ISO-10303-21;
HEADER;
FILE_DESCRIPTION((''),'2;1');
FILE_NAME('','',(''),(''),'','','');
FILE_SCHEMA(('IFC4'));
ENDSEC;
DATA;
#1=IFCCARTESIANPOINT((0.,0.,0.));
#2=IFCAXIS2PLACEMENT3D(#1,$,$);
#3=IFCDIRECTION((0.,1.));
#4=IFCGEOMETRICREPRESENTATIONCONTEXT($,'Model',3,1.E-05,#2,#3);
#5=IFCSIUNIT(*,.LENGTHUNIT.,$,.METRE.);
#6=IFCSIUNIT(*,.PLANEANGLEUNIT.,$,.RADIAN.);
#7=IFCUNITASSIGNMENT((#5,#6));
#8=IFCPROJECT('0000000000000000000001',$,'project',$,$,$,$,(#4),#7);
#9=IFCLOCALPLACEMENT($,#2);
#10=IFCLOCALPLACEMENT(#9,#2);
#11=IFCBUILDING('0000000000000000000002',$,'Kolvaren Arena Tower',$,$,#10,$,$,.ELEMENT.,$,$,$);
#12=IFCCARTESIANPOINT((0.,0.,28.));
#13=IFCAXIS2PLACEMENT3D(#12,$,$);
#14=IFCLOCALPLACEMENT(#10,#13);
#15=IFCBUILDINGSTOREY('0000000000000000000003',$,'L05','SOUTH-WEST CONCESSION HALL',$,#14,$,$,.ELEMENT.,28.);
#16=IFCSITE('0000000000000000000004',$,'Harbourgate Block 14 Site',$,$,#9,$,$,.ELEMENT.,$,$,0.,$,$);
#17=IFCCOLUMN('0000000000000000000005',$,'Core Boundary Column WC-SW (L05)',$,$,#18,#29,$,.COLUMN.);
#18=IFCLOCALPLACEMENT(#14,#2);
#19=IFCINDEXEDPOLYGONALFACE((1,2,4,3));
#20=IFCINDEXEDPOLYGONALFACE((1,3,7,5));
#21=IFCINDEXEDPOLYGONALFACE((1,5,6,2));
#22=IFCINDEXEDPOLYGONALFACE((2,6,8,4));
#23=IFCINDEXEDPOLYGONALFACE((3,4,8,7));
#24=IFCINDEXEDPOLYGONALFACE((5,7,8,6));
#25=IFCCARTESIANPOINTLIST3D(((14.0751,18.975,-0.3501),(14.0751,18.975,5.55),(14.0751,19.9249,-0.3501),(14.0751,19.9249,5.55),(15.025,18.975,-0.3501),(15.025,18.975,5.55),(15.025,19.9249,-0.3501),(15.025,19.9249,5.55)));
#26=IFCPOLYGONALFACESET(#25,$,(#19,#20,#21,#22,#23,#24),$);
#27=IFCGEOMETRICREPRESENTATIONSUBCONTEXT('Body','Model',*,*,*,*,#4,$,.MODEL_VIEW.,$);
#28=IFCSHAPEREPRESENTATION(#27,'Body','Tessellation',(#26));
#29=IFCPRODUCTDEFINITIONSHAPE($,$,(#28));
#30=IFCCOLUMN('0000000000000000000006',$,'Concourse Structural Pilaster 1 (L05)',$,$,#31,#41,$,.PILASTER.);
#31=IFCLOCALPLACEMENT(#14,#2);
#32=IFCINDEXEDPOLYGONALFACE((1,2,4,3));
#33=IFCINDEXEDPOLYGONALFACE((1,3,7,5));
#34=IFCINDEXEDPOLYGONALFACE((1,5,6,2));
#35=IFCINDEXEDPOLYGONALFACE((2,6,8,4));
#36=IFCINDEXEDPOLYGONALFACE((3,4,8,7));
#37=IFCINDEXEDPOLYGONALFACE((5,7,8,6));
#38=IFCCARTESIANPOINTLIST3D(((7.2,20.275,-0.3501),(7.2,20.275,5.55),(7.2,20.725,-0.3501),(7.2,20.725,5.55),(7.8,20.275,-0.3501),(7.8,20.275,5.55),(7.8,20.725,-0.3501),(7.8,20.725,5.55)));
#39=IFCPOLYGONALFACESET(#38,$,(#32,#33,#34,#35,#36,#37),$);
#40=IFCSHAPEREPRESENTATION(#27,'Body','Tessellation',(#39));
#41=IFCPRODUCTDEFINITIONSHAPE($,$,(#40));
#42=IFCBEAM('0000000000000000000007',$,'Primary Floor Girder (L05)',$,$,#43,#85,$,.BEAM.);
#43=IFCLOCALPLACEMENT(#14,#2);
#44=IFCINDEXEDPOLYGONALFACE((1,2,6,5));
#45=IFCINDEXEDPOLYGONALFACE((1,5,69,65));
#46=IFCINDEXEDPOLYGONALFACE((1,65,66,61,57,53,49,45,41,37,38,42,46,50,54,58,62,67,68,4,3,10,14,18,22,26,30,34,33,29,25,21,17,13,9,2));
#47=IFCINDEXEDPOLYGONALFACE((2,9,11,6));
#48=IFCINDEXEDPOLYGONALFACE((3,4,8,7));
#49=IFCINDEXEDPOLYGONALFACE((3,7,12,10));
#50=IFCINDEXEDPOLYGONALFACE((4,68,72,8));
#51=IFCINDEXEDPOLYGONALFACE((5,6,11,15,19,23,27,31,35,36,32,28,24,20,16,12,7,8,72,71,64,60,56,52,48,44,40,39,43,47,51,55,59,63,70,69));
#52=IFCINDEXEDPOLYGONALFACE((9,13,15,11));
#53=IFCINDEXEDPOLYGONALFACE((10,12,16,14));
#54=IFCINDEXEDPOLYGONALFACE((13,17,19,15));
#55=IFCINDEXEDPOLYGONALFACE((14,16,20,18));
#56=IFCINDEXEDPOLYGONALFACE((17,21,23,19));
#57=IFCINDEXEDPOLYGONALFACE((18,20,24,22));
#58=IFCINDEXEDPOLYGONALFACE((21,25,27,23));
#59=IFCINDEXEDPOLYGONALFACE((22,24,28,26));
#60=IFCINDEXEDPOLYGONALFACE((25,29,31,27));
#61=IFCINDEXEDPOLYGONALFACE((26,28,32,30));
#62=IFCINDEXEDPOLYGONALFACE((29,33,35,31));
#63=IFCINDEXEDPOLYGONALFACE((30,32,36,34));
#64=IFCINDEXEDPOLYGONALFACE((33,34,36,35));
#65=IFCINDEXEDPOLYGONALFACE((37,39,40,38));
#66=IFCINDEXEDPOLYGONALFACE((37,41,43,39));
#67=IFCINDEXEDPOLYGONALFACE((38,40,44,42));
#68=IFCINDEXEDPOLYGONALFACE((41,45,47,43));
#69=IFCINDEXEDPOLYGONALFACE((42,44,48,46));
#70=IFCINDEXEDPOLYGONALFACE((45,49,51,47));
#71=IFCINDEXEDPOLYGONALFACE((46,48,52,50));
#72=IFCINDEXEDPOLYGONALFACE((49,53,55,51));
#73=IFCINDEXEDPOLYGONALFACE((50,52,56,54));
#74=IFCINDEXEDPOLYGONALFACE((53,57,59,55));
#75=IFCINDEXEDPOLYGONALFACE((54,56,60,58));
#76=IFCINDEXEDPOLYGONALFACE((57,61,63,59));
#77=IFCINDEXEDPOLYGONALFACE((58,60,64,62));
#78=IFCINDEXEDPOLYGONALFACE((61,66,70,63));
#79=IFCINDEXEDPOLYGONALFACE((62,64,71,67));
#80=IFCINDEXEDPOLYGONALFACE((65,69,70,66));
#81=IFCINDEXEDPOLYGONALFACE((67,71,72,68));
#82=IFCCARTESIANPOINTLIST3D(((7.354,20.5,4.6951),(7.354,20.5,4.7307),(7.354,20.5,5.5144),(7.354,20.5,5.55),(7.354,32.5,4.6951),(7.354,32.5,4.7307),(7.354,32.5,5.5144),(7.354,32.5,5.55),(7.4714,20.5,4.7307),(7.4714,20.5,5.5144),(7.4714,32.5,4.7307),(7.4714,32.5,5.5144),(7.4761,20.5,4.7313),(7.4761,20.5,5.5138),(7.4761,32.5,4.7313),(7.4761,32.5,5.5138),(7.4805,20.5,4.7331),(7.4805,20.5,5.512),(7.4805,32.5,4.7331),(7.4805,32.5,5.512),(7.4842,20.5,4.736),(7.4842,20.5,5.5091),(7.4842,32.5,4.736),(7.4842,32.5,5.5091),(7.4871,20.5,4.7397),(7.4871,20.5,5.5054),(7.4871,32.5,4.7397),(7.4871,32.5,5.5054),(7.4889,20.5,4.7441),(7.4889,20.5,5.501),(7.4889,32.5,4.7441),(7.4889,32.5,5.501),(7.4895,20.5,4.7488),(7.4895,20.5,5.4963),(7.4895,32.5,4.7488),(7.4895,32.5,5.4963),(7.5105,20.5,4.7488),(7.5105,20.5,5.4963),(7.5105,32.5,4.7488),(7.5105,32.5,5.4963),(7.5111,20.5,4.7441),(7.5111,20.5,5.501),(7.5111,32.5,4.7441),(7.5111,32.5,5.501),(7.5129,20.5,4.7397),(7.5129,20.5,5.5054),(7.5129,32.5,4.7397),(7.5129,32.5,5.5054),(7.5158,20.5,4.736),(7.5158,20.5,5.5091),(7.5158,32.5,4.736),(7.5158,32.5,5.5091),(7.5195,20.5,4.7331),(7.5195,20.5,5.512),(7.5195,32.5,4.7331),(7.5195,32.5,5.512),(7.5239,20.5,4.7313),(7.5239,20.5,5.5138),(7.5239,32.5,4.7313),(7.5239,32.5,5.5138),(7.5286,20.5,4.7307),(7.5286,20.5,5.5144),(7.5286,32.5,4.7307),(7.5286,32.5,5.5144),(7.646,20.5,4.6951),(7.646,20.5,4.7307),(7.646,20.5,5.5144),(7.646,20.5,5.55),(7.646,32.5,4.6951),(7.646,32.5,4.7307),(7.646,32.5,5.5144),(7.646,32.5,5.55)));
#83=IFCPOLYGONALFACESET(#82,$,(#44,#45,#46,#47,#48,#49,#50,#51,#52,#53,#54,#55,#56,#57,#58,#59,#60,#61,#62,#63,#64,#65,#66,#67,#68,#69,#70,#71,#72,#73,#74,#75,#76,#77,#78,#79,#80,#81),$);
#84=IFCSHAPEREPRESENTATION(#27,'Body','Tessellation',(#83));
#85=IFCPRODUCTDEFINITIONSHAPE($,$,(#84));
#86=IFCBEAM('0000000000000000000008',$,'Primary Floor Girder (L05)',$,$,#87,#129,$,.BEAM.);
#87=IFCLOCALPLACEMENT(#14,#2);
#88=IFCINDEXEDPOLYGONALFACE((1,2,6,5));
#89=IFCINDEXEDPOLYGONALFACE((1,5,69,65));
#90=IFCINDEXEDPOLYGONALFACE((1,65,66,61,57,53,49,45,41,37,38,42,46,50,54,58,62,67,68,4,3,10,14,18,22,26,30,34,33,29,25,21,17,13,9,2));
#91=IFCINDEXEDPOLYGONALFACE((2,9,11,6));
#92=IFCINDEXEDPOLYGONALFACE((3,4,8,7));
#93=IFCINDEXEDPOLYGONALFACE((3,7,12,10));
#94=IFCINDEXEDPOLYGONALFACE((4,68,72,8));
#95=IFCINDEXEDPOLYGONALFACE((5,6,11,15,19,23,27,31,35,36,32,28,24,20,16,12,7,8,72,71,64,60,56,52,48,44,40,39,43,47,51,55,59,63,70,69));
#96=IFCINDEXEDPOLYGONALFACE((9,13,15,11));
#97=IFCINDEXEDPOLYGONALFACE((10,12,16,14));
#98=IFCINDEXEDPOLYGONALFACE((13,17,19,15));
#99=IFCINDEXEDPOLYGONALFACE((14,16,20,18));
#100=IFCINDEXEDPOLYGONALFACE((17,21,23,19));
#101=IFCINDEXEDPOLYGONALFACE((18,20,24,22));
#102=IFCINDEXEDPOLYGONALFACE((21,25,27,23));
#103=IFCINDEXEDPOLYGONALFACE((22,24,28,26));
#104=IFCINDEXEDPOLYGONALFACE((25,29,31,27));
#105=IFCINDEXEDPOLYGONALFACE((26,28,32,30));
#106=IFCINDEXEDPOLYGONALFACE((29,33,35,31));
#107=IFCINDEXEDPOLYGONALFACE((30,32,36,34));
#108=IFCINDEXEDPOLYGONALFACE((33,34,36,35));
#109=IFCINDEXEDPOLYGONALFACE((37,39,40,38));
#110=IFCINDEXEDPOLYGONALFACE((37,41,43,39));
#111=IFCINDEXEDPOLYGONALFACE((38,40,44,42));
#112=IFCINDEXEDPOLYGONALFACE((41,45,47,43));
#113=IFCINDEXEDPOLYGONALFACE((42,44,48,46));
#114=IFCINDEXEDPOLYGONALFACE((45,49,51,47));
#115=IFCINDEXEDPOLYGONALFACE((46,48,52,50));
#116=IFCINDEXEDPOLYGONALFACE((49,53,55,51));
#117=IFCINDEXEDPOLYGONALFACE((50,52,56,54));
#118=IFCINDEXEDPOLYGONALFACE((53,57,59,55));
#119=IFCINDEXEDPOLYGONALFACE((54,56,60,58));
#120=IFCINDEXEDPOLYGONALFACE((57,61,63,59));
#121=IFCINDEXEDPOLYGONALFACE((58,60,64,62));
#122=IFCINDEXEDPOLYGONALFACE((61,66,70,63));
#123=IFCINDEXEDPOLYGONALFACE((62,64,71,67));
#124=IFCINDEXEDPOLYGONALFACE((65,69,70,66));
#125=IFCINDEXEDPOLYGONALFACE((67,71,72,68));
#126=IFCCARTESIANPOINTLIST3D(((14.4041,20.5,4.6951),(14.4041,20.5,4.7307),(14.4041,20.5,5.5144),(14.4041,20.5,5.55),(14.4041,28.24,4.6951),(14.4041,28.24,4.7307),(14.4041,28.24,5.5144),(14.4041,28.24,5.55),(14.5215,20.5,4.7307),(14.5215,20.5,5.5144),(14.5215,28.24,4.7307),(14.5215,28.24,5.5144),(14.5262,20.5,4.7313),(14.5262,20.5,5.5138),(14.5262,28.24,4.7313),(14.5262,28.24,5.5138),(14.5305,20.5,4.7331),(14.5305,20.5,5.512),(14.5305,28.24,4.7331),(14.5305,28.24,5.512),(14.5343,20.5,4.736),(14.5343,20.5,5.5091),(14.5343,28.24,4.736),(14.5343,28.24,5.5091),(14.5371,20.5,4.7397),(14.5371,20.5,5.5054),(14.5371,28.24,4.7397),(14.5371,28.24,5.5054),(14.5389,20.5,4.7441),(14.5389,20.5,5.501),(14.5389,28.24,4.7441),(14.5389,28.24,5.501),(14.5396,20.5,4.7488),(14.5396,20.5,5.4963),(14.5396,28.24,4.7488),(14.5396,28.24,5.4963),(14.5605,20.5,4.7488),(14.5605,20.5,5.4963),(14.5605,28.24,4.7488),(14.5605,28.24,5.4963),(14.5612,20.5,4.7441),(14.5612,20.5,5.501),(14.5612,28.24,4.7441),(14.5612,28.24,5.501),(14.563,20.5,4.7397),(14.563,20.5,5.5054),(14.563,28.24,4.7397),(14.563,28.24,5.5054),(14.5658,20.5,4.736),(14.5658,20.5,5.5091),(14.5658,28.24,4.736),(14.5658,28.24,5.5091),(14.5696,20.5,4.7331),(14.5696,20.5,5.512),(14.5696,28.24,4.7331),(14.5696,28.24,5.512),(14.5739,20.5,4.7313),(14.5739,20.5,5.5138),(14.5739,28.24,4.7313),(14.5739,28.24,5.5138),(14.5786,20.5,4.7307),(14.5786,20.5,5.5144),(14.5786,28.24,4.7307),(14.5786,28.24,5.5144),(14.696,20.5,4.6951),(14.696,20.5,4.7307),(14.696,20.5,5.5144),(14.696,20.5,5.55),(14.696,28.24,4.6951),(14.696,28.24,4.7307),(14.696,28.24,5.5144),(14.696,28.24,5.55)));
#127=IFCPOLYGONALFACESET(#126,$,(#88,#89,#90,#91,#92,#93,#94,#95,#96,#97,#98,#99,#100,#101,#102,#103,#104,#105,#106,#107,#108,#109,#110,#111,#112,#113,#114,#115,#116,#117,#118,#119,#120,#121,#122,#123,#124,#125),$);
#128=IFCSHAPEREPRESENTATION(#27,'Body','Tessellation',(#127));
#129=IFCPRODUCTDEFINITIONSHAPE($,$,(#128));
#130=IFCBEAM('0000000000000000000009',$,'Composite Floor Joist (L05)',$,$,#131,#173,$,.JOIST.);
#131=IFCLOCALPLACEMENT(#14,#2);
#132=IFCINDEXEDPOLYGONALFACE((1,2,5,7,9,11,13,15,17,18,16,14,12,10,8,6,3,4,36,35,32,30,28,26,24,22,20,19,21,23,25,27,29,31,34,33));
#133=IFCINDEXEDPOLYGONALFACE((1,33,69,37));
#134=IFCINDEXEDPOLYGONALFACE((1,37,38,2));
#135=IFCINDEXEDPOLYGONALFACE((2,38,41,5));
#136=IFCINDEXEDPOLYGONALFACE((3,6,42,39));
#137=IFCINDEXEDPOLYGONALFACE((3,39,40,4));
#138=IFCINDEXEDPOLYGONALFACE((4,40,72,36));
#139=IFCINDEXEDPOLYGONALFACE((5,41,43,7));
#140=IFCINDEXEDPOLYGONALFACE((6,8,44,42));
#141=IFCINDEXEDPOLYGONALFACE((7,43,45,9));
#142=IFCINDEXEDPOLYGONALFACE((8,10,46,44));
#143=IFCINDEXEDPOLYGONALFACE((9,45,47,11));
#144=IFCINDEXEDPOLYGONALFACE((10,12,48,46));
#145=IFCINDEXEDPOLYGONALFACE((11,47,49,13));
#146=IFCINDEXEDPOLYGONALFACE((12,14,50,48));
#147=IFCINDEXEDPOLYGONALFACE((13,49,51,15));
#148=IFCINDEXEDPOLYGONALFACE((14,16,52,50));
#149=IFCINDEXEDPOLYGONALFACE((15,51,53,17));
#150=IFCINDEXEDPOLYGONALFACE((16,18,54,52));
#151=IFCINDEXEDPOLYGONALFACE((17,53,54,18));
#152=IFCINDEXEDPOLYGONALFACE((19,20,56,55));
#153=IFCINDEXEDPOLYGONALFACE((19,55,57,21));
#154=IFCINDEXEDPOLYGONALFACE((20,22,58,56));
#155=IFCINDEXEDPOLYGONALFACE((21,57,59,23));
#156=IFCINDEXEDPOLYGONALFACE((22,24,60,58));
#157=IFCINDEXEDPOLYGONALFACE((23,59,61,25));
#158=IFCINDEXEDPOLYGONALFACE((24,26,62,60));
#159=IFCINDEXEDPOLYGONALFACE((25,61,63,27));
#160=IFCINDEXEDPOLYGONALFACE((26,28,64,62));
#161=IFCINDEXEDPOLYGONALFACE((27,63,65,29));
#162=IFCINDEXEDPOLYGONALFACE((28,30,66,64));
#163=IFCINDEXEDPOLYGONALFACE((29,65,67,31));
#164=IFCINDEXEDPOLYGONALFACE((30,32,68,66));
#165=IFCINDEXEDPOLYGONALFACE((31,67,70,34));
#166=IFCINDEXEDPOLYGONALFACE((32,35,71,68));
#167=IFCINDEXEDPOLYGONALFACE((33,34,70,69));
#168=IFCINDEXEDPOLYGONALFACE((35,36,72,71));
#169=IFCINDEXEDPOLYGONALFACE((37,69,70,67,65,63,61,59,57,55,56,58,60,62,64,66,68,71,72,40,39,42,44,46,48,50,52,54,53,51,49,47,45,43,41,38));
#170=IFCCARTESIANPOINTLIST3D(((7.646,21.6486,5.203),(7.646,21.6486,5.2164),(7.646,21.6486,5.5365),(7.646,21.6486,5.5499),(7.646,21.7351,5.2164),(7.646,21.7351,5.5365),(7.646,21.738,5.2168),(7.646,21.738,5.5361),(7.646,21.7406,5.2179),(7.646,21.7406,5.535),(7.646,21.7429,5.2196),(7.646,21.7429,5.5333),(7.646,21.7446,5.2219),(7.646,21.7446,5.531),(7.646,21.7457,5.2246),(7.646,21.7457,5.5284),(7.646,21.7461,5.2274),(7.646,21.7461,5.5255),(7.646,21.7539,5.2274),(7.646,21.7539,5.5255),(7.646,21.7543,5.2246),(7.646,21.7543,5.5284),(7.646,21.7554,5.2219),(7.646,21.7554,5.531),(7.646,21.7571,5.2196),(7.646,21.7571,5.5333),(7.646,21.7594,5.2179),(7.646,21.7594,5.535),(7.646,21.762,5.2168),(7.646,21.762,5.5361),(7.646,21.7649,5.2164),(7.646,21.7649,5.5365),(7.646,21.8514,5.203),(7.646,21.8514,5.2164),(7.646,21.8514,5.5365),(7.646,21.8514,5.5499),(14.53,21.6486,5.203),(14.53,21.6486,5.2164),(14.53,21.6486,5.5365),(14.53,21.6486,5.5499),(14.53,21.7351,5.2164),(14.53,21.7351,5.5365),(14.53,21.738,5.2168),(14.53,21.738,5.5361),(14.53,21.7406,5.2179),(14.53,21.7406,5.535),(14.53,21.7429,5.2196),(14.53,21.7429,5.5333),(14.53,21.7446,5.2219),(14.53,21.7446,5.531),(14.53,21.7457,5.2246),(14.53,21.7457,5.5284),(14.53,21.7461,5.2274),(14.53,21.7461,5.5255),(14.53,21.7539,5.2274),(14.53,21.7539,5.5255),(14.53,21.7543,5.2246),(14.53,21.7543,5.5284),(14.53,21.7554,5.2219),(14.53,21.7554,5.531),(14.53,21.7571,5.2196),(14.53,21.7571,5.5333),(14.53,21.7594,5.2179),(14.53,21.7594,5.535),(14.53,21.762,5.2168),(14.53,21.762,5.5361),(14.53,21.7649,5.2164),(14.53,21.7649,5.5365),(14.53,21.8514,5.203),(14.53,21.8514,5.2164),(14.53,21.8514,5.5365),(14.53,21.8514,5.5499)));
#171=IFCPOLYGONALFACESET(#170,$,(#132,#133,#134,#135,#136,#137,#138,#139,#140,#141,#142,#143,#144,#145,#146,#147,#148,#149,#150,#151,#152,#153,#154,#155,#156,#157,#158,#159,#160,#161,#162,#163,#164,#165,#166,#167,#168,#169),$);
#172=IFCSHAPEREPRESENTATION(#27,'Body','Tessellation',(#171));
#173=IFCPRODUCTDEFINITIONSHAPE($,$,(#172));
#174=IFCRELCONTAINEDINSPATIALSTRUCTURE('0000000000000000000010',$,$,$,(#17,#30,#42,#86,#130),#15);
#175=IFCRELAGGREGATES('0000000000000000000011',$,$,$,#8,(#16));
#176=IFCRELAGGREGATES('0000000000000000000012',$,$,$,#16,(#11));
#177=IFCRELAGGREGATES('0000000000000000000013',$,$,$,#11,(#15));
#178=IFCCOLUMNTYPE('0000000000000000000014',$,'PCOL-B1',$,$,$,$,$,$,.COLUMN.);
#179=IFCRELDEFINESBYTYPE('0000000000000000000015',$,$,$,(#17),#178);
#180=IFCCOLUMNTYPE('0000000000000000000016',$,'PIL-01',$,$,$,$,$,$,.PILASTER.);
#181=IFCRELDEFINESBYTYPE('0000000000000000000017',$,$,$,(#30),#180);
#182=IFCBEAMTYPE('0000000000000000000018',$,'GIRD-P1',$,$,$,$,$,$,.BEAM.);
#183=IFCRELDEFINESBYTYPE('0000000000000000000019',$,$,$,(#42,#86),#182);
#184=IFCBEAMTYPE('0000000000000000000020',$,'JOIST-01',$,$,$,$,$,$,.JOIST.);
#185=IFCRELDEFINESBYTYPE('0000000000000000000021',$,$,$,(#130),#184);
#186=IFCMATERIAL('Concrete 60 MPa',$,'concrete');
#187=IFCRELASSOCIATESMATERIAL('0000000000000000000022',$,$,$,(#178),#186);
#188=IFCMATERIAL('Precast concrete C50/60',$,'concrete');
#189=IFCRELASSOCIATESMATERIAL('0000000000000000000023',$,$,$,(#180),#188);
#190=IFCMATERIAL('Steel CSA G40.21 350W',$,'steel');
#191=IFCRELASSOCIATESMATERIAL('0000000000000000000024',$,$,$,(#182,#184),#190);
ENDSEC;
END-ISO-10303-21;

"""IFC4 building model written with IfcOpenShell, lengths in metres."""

from ifc_helpers import new_model, si_unit, direction, frame, origin, origin_2d, place, context, subcontext, project, spatial, rectangle, i_section, extrude, material, material_profile, profile_set, type_object, element, save


model = new_model("IFC4")

# Units and contexts
model_context = context("Model", 3, precision=1e-05, world=origin(), true_north=direction((0.0, 1.0)))
body_context = subcontext(model_context, "Body", "Model", "MODEL_VIEW")
ifc_project = project(units=[si_unit("LENGTHUNIT", "METRE"), si_unit("PLANEANGLEUNIT", "RADIAN")], contexts=[model_context])

# Site, building, storey
site_placement = place(None, origin())
site = spatial("IfcSite", under=ifc_project, at=site_placement, Name="Harbourgate Block 14 Site", CompositionType="ELEMENT", RefElevation=0.0)
building_placement = place(site_placement, origin())
building = spatial("IfcBuilding", under=site, at=building_placement, Name="Kolvaren Arena Tower", CompositionType="ELEMENT")
storey_placement = place(building_placement, frame((0.0, 0.0, 28.0)))
storey = spatial("IfcBuildingStorey", under=building, at=storey_placement, Name="L05", Description="SOUTH-WEST CONCESSION HALL", CompositionType="ELEMENT", Elevation=28.0)

# Columns
ifc_material_1 = material(Name="Concrete 60 MPa", Category="concrete")
ifc_material_profile_1 = material_profile(ifc_material_1, rectangle(XDim=0.95, YDim=0.95, at=origin_2d()), Name="RC-950x950")
ifc_profile_set_1 = profile_set([ifc_material_profile_1], Name="Concrete 60 MPa")
column_type_1 = type_object("IfcColumnType", Name="PCOL-B1", PredefinedType="COLUMN", material=ifc_profile_set_1)
column_1_placement = place(storey_placement, frame((14.55, 19.45, -0.3501), z_axis=(0.0, 0.0, 1.0), x_axis=(1.0, 0.0, 0.0)))
element("IfcColumn", 1, at=column_1_placement, inside=storey, type_object=column_type_1, Name="Core Boundary Column WC-SW (L05)", PredefinedType="COLUMN", context=body_context, shape_type="SweptSolid", body=[
    extrude(rectangle(XDim=0.95, YDim=0.95, at=origin_2d()), origin(), (0.0, 0.0, 1.0), 5.9001),
])
ifc_material_2 = material(Name="Precast concrete C50/60", Category="concrete")
ifc_material_profile_2 = material_profile(ifc_material_2, rectangle(XDim=0.6001, YDim=0.45, at=origin_2d()), Name="RC-600x450")
ifc_profile_set_2 = profile_set([ifc_material_profile_2], Name="Precast concrete C50/60")
column_type_2 = type_object("IfcColumnType", Name="PIL-01", PredefinedType="PILASTER", material=ifc_profile_set_2)
column_2_placement = place(storey_placement, frame((7.5, 20.5, -0.3501), z_axis=(0.0, 0.0, 1.0), x_axis=(1.0, 0.0, 0.0)))
element("IfcColumn", 2, at=column_2_placement, inside=storey, type_object=column_type_2, Name="Concourse Structural Pilaster 1 (L05)", PredefinedType="PILASTER", context=body_context, shape_type="SweptSolid", body=[
    extrude(rectangle(XDim=0.6001, YDim=0.45, at=origin_2d()), origin(), (0.0, 0.0, 1.0), 5.9001),
])

# Beams
ifc_material_3 = material(Name="Steel CSA G40.21 350W", Category="steel")
ifc_material_profile_3 = material_profile(ifc_material_3, i_section(OverallWidth=0.292, OverallDepth=0.855, WebThickness=0.021, FlangeThickness=0.0356, FilletRadius=0.0181, at=origin_2d()), Name="W840x299")
ifc_profile_set_3 = profile_set([ifc_material_profile_3], Name="Steel CSA G40.21 350W")
beam_type_1 = type_object("IfcBeamType", Name="GIRD-P1", PredefinedType="BEAM", material=ifc_profile_set_3)
beam_1_placement = place(storey_placement, frame((7.5, 20.5, 5.1226), z_axis=(0.0, 1.0, 0.0), x_axis=(-1.0, 0.0, 0.0)))
element("IfcBeam", 3, at=beam_1_placement, inside=storey, type_object=beam_type_1, Name="Primary Floor Girder (L05)", PredefinedType="BEAM", context=body_context, shape_type="SweptSolid", body=[
    extrude(i_section(OverallWidth=0.292, OverallDepth=0.855, WebThickness=0.021, FlangeThickness=0.0356, FilletRadius=0.0181, at=origin_2d()), origin(), (0.0, 0.0, 1.0), 12.0),
])
beam_2_placement = place(storey_placement, frame((14.55, 20.5, 5.1226), z_axis=(0.0, 1.0, 0.0), x_axis=(-1.0, 0.0, 0.0)))
element("IfcBeam", 4, at=beam_2_placement, inside=storey, type_object=beam_type_1, Name="Primary Floor Girder (L05)", PredefinedType="BEAM", context=body_context, shape_type="SweptSolid", body=[
    extrude(i_section(OverallWidth=0.292, OverallDepth=0.855, WebThickness=0.021, FlangeThickness=0.0356, FilletRadius=0.0181, at=origin_2d()), origin(), (0.0, 0.0, 1.0), 7.74),
])
ifc_material_profile_4 = material_profile(ifc_material_3, i_section(OverallWidth=0.2029, OverallDepth=0.3469, WebThickness=0.0078, FlangeThickness=0.0134, FilletRadius=0.011, at=origin_2d()), Name="W360x64")
ifc_profile_set_4 = profile_set([ifc_material_profile_4], Name="Steel CSA G40.21 350W")
beam_type_2 = type_object("IfcBeamType", Name="JOIST-01", PredefinedType="JOIST", material=ifc_profile_set_4)
beam_3_placement = place(storey_placement, frame((7.646, 21.75, 5.3765), z_axis=(1.0, 0.0, 0.0), x_axis=(0.0, 1.0, 0.0)))
element("IfcBeam", 5, at=beam_3_placement, inside=storey, type_object=beam_type_2, Name="Composite Floor Joist (L05)", PredefinedType="JOIST", context=body_context, shape_type="SweptSolid", body=[
    extrude(i_section(OverallWidth=0.2029, OverallDepth=0.3469, WebThickness=0.0078, FlangeThickness=0.0134, FilletRadius=0.011, at=origin_2d()), origin(), (0.0, 0.0, 1.0), 6.884),
])

save(model, "model.ifc")
